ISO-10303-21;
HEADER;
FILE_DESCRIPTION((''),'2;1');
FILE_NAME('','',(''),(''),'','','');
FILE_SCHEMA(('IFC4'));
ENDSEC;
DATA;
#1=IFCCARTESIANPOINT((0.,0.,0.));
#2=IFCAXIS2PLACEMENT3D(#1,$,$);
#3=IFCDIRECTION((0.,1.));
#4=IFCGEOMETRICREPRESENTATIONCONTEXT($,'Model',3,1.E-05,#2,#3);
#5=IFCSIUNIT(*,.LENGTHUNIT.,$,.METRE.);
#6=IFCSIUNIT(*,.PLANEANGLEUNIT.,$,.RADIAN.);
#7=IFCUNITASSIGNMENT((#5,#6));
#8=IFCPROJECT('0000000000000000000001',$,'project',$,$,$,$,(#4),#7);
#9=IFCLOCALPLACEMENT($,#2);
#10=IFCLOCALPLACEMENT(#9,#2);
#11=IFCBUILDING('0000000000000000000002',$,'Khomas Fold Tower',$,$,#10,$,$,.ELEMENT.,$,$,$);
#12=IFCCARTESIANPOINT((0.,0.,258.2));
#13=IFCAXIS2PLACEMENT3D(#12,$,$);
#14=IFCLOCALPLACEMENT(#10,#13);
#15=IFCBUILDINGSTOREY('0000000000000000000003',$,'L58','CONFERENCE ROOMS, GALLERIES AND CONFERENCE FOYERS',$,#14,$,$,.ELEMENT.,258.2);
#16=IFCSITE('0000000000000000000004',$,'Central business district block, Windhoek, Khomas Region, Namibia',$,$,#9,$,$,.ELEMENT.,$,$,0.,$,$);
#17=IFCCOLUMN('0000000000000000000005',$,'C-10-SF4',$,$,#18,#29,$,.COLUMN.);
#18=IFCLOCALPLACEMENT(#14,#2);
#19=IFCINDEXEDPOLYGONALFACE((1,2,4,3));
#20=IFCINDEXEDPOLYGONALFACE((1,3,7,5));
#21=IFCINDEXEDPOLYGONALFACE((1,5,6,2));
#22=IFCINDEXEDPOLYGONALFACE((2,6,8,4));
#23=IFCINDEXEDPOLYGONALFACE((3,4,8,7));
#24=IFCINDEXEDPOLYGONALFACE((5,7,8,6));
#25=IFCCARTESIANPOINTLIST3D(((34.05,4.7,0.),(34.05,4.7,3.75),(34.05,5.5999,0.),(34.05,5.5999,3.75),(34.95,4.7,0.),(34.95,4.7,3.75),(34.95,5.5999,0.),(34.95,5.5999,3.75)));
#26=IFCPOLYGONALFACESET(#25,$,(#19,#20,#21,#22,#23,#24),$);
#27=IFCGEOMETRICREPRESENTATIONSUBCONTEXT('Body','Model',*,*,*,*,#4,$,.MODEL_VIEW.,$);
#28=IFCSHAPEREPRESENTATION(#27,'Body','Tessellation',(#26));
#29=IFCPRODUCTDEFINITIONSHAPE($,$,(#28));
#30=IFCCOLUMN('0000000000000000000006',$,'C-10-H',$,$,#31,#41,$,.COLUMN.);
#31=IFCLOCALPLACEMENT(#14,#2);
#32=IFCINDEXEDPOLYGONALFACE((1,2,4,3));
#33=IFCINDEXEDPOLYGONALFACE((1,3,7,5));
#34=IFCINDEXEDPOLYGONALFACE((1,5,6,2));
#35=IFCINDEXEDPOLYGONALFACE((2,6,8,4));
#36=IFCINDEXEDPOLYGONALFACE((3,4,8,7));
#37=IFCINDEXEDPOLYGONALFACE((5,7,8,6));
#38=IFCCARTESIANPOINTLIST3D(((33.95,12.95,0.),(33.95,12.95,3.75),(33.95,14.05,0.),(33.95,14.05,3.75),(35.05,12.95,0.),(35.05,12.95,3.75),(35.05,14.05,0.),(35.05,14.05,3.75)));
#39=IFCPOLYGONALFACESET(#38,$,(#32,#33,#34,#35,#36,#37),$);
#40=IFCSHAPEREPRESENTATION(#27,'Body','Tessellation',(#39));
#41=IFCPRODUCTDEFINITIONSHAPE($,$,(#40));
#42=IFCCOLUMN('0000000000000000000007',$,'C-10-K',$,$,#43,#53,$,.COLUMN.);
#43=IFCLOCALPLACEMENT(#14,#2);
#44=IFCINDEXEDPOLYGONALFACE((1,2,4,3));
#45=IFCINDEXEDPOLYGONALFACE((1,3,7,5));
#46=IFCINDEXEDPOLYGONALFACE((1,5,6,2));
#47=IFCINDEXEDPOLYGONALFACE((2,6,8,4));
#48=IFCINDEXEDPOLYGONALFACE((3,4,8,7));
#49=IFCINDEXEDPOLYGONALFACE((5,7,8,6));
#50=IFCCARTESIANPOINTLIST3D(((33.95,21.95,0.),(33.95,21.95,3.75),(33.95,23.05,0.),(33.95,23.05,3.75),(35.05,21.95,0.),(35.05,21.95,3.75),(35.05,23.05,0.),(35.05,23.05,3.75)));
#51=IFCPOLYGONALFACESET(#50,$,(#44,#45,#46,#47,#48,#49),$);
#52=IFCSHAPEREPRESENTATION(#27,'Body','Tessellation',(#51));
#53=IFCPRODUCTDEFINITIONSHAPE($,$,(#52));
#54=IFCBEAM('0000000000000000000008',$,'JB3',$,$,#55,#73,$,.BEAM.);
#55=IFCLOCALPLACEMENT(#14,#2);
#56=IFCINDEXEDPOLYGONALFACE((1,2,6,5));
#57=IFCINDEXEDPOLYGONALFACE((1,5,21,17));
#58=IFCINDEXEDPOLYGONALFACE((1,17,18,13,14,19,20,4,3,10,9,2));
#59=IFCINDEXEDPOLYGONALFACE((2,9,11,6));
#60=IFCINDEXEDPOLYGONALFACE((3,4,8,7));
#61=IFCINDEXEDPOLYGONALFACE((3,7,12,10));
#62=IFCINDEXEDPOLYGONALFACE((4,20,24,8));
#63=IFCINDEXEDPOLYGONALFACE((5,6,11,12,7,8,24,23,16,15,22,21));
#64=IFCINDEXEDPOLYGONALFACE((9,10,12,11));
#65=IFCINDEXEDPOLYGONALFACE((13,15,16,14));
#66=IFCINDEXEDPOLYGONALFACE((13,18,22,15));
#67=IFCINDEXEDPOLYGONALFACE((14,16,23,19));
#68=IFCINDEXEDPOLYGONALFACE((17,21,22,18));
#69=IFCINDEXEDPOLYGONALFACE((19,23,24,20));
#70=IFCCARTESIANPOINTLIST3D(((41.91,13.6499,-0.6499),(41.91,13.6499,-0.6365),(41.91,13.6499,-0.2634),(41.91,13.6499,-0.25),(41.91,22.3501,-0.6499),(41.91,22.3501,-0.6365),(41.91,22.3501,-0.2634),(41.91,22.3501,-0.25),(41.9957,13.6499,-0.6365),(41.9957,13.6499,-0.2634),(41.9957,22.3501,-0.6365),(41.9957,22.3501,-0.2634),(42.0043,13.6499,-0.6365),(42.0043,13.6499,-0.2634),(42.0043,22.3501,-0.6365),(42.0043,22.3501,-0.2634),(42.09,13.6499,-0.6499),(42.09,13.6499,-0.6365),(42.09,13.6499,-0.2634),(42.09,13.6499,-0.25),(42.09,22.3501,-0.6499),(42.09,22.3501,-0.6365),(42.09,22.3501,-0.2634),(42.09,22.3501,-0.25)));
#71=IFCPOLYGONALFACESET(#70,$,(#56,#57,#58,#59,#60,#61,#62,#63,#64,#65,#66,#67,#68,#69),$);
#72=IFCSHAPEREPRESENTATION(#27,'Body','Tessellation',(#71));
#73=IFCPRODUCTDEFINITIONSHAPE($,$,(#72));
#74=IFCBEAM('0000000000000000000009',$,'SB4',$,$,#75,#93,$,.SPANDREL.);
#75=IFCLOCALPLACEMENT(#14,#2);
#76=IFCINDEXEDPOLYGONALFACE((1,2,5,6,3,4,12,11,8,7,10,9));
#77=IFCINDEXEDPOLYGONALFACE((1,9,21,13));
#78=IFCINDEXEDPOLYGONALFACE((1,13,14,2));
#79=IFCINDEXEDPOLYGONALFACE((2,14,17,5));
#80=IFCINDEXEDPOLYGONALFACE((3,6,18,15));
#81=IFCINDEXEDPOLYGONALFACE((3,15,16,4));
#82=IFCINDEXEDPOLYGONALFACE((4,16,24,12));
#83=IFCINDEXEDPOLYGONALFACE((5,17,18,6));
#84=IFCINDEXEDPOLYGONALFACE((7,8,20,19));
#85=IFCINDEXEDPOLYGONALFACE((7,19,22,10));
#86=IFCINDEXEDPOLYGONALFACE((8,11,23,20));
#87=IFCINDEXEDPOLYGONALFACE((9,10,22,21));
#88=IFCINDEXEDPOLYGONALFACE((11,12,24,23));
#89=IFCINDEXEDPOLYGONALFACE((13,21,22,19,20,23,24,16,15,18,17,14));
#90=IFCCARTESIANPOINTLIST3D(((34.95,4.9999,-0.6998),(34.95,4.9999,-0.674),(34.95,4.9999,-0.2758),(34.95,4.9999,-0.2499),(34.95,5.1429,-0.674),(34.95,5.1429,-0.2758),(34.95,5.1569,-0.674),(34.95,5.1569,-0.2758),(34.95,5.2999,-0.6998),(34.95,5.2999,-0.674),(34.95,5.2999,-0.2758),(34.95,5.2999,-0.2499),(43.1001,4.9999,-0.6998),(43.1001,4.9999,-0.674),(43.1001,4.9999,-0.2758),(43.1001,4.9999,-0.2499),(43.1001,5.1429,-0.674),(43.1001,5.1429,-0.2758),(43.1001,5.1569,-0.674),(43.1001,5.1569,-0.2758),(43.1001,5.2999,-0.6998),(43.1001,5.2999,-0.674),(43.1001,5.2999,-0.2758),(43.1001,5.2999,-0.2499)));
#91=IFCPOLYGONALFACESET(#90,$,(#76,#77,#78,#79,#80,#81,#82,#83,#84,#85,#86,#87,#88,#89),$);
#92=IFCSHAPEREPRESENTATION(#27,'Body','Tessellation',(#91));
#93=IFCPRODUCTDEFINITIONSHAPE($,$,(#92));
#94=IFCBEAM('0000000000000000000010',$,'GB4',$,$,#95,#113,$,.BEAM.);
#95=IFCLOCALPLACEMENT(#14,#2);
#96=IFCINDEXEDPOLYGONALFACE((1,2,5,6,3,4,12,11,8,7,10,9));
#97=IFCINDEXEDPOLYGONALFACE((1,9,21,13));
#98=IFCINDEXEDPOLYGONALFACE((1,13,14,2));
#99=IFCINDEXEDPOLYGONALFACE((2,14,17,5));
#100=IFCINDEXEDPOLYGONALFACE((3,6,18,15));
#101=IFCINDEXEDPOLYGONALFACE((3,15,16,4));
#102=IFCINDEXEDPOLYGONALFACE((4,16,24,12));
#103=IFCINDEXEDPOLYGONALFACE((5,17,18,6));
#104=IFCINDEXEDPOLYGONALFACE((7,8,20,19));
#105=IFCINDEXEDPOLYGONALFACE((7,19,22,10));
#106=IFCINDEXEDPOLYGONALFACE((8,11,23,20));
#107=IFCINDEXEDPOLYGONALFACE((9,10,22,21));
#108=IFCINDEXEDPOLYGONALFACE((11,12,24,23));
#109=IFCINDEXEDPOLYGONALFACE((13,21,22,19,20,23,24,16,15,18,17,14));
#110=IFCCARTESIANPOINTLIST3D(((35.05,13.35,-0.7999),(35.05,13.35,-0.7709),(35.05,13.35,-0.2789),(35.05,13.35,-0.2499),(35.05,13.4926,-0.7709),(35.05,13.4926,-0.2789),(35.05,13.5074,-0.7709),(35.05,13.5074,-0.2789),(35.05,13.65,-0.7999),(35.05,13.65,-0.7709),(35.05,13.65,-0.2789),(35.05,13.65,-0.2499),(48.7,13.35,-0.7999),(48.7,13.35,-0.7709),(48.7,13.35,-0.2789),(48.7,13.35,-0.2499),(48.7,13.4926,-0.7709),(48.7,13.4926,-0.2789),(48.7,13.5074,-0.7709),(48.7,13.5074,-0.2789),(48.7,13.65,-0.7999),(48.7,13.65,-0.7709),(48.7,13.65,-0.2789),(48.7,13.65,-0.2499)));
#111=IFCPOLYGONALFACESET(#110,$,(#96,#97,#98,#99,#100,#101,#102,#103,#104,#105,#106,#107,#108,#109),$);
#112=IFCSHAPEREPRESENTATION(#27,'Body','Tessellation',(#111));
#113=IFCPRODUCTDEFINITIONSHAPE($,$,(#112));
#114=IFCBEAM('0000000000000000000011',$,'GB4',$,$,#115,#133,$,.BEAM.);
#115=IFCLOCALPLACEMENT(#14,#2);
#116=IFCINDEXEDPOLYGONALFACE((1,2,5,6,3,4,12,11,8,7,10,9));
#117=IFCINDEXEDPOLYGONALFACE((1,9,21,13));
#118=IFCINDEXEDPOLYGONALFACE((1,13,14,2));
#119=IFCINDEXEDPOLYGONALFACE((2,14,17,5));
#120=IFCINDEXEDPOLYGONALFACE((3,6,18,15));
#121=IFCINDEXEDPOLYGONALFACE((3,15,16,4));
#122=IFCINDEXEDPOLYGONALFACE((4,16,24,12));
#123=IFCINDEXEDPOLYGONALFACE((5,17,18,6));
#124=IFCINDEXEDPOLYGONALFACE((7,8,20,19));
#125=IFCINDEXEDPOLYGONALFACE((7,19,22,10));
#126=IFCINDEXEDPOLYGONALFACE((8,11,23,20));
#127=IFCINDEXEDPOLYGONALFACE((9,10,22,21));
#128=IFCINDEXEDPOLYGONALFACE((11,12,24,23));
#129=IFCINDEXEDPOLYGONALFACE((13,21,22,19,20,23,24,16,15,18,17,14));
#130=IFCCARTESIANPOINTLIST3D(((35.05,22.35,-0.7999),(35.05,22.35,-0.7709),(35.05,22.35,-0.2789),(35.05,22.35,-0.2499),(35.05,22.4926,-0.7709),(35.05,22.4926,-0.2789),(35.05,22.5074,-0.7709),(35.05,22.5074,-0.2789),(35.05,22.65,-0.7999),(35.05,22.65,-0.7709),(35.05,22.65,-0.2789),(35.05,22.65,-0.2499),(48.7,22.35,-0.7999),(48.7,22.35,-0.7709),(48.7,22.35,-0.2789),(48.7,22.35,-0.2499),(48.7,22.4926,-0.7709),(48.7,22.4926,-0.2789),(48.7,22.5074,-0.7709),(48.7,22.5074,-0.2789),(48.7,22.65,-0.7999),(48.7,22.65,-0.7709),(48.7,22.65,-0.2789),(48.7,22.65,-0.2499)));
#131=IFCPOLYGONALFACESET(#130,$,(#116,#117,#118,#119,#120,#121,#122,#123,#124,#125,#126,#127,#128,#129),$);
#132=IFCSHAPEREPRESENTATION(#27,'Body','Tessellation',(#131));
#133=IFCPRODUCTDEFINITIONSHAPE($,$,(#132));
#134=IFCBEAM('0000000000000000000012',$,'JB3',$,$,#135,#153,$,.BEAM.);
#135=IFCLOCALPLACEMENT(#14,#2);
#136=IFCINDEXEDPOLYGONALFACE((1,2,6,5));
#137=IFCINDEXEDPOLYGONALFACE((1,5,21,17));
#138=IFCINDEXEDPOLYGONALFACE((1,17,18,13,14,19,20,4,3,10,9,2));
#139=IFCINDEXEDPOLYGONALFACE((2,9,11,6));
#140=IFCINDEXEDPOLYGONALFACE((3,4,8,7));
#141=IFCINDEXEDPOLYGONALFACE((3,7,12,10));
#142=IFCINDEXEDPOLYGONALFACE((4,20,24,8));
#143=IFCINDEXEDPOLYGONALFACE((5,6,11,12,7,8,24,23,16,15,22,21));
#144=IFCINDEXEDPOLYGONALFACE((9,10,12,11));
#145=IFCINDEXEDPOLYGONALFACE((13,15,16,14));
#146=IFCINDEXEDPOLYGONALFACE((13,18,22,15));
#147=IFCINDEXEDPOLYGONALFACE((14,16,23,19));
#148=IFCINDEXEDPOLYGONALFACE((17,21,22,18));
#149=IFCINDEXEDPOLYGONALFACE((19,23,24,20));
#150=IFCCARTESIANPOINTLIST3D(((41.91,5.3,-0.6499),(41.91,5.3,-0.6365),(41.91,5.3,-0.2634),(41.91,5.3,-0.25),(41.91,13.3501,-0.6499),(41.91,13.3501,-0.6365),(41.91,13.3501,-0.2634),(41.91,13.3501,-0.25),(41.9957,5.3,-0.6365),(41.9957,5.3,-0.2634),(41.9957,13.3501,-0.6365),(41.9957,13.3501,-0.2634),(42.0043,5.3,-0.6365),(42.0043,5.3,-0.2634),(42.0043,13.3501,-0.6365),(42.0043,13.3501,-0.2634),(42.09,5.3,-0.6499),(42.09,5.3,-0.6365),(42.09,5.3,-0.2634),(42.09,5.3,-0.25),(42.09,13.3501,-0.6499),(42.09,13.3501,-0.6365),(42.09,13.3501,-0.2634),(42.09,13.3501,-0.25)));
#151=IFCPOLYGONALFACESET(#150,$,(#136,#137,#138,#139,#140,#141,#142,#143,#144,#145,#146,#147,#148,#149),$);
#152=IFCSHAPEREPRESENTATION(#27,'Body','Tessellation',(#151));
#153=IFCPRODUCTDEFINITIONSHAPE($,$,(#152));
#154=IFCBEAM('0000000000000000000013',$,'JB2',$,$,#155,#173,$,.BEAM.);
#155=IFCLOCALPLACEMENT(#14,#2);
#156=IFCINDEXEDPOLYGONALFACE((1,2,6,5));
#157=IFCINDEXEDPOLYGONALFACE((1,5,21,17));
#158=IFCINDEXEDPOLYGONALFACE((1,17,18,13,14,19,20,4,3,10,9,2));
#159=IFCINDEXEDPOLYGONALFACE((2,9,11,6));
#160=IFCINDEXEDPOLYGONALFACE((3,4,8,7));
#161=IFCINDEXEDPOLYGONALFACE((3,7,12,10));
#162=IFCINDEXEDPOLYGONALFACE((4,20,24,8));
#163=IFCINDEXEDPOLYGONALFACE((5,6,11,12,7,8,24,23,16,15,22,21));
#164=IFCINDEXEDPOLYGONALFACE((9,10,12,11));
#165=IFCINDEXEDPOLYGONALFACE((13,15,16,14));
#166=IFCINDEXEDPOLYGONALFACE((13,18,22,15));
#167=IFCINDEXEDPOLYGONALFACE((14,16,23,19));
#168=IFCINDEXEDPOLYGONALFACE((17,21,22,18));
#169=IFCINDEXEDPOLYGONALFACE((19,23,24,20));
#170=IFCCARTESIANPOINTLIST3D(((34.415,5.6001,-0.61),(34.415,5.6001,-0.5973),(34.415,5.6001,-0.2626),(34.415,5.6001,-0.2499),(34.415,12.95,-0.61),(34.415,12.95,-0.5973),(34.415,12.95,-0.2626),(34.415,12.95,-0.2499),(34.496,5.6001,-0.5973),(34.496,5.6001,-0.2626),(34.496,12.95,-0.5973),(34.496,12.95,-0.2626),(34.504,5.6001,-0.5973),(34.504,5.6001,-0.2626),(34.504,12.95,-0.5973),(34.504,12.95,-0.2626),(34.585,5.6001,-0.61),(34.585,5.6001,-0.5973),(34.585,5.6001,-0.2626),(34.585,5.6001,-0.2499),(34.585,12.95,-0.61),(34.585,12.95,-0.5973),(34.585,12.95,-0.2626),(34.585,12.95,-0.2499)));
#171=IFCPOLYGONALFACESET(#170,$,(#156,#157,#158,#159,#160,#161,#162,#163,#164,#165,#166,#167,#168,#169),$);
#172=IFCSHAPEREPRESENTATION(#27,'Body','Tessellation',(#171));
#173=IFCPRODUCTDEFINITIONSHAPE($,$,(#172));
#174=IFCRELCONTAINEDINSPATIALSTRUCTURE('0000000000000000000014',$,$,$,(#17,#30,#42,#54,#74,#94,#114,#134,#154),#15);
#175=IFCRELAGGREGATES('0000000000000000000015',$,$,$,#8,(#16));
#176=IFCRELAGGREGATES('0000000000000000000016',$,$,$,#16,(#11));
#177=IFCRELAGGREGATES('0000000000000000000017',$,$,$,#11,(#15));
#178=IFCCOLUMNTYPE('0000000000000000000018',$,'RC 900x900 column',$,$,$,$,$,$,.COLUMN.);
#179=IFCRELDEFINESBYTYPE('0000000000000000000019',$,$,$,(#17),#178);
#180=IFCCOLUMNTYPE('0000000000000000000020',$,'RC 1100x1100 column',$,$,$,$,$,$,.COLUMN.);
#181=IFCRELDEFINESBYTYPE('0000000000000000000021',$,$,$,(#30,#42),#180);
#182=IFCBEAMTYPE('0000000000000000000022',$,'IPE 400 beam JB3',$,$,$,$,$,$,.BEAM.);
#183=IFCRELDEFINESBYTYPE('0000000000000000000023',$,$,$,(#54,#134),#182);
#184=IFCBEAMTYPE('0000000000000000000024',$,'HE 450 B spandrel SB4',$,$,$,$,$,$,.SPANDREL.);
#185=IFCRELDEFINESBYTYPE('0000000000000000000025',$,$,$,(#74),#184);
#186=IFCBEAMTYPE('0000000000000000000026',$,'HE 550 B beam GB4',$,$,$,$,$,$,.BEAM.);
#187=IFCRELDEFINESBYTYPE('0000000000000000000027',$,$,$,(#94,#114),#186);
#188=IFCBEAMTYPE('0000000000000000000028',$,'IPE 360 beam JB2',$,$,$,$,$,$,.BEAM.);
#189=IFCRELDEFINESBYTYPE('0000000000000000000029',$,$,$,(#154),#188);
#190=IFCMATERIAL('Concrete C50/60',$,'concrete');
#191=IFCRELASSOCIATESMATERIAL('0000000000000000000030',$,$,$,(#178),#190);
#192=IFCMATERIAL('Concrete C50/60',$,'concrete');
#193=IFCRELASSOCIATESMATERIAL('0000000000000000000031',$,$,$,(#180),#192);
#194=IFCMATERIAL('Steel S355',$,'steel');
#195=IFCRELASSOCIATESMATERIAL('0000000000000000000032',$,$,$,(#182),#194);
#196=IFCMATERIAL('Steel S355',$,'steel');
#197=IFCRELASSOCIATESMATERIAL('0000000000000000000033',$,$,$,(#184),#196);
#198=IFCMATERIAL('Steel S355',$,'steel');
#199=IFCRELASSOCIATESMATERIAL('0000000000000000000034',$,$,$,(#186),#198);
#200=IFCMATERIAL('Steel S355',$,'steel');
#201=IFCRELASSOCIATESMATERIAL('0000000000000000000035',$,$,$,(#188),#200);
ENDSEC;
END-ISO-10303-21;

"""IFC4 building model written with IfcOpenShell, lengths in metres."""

from ifc_helpers import new_model, si_unit, direction, frame, origin, origin_2d, place, context, subcontext, project, spatial, rectangle, i_section, extrude, source, transform, mapped, material, material_profile, profile_set, type_object, element, save


model = new_model("IFC4")

# Units and contexts
model_context = context("Model", 3, precision=1e-05, world=origin(), true_north=direction((0.0, 1.0)))
body_context = subcontext(model_context, "Body", "Model", "MODEL_VIEW")
ifc_project = project(units=[si_unit("LENGTHUNIT", "METRE"), si_unit("PLANEANGLEUNIT", "RADIAN")], contexts=[model_context])

# Site, building, storey
site_placement = place(None, origin())
site = spatial("IfcSite", under=ifc_project, at=site_placement, Name="Central business district block, Windhoek, Khomas Region, Namibia", CompositionType="ELEMENT", RefElevation=0.0)
building_placement = place(site_placement, origin())
building = spatial("IfcBuilding", under=site, at=building_placement, Name="Khomas Fold Tower", CompositionType="ELEMENT")
storey_placement = place(building_placement, frame((0.0, 0.0, 258.2)))
storey = spatial("IfcBuildingStorey", under=building, at=storey_placement, Name="L58", Description="CONFERENCE ROOMS, GALLERIES AND CONFERENCE FOYERS", CompositionType="ELEMENT", Elevation=258.2)

# Columns
ifc_material_1 = material(Name="Concrete C50/60", Category="concrete")
ifc_material_profile_1 = material_profile(ifc_material_1, rectangle(XDim=0.8999, YDim=0.8999, at=origin_2d()), Name="RC 900x900")
ifc_profile_set_1 = profile_set([ifc_material_profile_1], Name="Concrete C50/60")
column_type_1 = type_object("IfcColumnType", Name="RC 900x900 column", PredefinedType="COLUMN", material=ifc_profile_set_1)
shared_shape_1 = source(origin(), body_context, "Body", "SweptSolid", [
    extrude(rectangle(XDim=0.8999, YDim=0.8999, at=origin_2d()), origin(), (0.0, 0.0, 1.0), 3.75),
])
column_placement = place(storey_placement, frame((34.5, 5.1499, 0.0), z_axis=(0.0, 0.0, 1.0), x_axis=(1.0, 0.0, 0.0)))
element("IfcColumn", 1, at=column_placement, inside=storey, type_object=column_type_1, Name="C-10-SF4", PredefinedType="COLUMN", context=body_context, shape_type="MappedRepresentation", body=[
    mapped(shared_shape_1, transform((0.0, 0.0, 0.0))),
])
ifc_material_2 = material(Name="Concrete C50/60", Category="concrete")
ifc_material_profile_2 = material_profile(ifc_material_2, rectangle(XDim=1.1001, YDim=1.1001, at=origin_2d()), Name="RC 1100x1100")
ifc_profile_set_2 = profile_set([ifc_material_profile_2], Name="Concrete C50/60")
column_type_2 = type_object("IfcColumnType", Name="RC 1100x1100 column", PredefinedType="COLUMN", material=ifc_profile_set_2)
shared_shape_2 = source(origin(), body_context, "Body", "SweptSolid", [
    extrude(rectangle(XDim=1.1001, YDim=1.1001, at=origin_2d()), origin(), (0.0, 0.0, 1.0), 3.75),
])
for number, where, z_axis, x_axis, name in (
    (2, (34.5, 13.5, 0.0), (0.0, 0.0, 1.0), (1.0, 0.0, 0.0), "C-10-H"),
    (3, (34.5, 22.5, 0.0), (0.0, 0.0, 1.0), (1.0, 0.0, 0.0), "C-10-K"),
):
    element("IfcColumn", number, at=place(storey_placement, frame(where, z_axis=z_axis, x_axis=x_axis)), inside=storey, type_object=column_type_2, Name=name, PredefinedType="COLUMN", context=body_context, shape_type="MappedRepresentation", body=[
        mapped(shared_shape_2, transform((0.0, 0.0, 0.0))),
    ])

# Beams
ifc_material_3 = material(Name="Steel S355", Category="steel")
ifc_material_profile_3 = material_profile(ifc_material_3, i_section(OverallWidth=0.1799, OverallDepth=0.3999, WebThickness=0.0085, FlangeThickness=0.0134, at=origin_2d()), Name="IPE 400")
ifc_profile_set_3 = profile_set([ifc_material_profile_3], Name="Steel S355")
beam_type_1 = type_object("IfcBeamType", Name="IPE 400 beam JB3", PredefinedType="BEAM", material=ifc_profile_set_3)
shared_shape_3 = source(origin(), body_context, "Body", "SweptSolid", [
    extrude(i_section(OverallWidth=0.1799, OverallDepth=0.3999, WebThickness=0.0085, FlangeThickness=0.0134, at=origin_2d()), origin(), (0.0, 0.0, 1.0), 8.7002),
])
beam_1_placement = place(storey_placement, frame((42.0, 13.6499, -0.45), z_axis=(0.0, 1.0, 0.0), x_axis=(-1.0, 0.0, 0.0)))
element("IfcBeam", 4, at=beam_1_placement, inside=storey, type_object=beam_type_1, Name="JB3", PredefinedType="BEAM", context=body_context, shape_type="MappedRepresentation", body=[
    mapped(shared_shape_3, transform((0.0, 0.0, 0.0))),
])
ifc_material_4 = material(Name="Steel S355", Category="steel")
ifc_material_profile_4 = material_profile(ifc_material_4, i_section(OverallWidth=0.3, OverallDepth=0.45, WebThickness=0.0139, FlangeThickness=0.0259, at=origin_2d()), Name="HE 450 B")
ifc_profile_set_4 = profile_set([ifc_material_profile_4], Name="Steel S355")
beam_type_2 = type_object("IfcBeamType", Name="HE 450 B spandrel SB4", PredefinedType="SPANDREL", material=ifc_profile_set_4)
shared_shape_4 = source(origin(), body_context, "Body", "SweptSolid", [
    extrude(i_section(OverallWidth=0.3, OverallDepth=0.45, WebThickness=0.0139, FlangeThickness=0.0259, at=origin_2d()), origin(), (0.0, 0.0, 1.0), 8.1501),
])
beam_2_placement = place(storey_placement, frame((34.95, 5.1499, -0.4749), z_axis=(1.0, 0.0, 0.0), x_axis=(0.0, 1.0, 0.0)))
element("IfcBeam", 5, at=beam_2_placement, inside=storey, type_object=beam_type_2, Name="SB4", PredefinedType="SPANDREL", context=body_context, shape_type="MappedRepresentation", body=[
    mapped(shared_shape_4, transform((0.0, 0.0, 0.0))),
])
ifc_material_5 = material(Name="Steel S355", Category="steel")
ifc_material_profile_5 = material_profile(ifc_material_5, i_section(OverallWidth=0.3, OverallDepth=0.55, WebThickness=0.0149, FlangeThickness=0.0291, at=origin_2d()), Name="HE 550 B")
ifc_profile_set_5 = profile_set([ifc_material_profile_5], Name="Steel S355")
beam_type_3 = type_object("IfcBeamType", Name="HE 550 B beam GB4", PredefinedType="BEAM", material=ifc_profile_set_5)
shared_shape_5 = source(origin(), body_context, "Body", "SweptSolid", [
    extrude(i_section(OverallWidth=0.3, OverallDepth=0.55, WebThickness=0.0149, FlangeThickness=0.0291, at=origin_2d()), origin(), (0.0, 0.0, 1.0), 13.6499),
])
for number, where, z_axis, x_axis, name in (
    (6, (35.05, 13.5, -0.5249), (1.0, 0.0, 0.0), (0.0, 1.0, 0.0), "GB4"),
    (7, (35.05, 22.5, -0.5249), (1.0, 0.0, 0.0), (0.0, 1.0, 0.0), "GB4"),
):
    element("IfcBeam", number, at=place(storey_placement, frame(where, z_axis=z_axis, x_axis=x_axis)), inside=storey, type_object=beam_type_3, Name=name, PredefinedType="BEAM", context=body_context, shape_type="MappedRepresentation", body=[
        mapped(shared_shape_5, transform((0.0, 0.0, 0.0))),
    ])
shared_shape_6 = source(origin(), body_context, "Body", "SweptSolid", [
    extrude(i_section(OverallWidth=0.1799, OverallDepth=0.3999, WebThickness=0.0085, FlangeThickness=0.0134, at=origin_2d()), origin(), (0.0, 0.0, 1.0), 8.05),
])
beam_3_placement = place(storey_placement, frame((42.0, 5.3, -0.45), z_axis=(0.0, 1.0, 0.0), x_axis=(-1.0, 0.0, 0.0)))
element("IfcBeam", 8, at=beam_3_placement, inside=storey, type_object=beam_type_1, Name="JB3", PredefinedType="BEAM", context=body_context, shape_type="MappedRepresentation", body=[
    mapped(shared_shape_6, transform((0.0, 0.0, 0.0))),
])
ifc_material_6 = material(Name="Steel S355", Category="steel")
ifc_material_profile_6 = material_profile(ifc_material_6, i_section(OverallWidth=0.1699, OverallDepth=0.3601, WebThickness=0.0081, FlangeThickness=0.0127, at=origin_2d()), Name="IPE 360")
ifc_profile_set_6 = profile_set([ifc_material_profile_6], Name="Steel S355")
beam_type_4 = type_object("IfcBeamType", Name="IPE 360 beam JB2", PredefinedType="BEAM", material=ifc_profile_set_6)
shared_shape_7 = source(origin(), body_context, "Body", "SweptSolid", [
    extrude(i_section(OverallWidth=0.1699, OverallDepth=0.3601, WebThickness=0.0081, FlangeThickness=0.0127, at=origin_2d()), origin(), (0.0, 0.0, 1.0), 7.3499),
])
beam_4_placement = place(storey_placement, frame((34.5, 5.6001, -0.4299), z_axis=(0.0, 1.0, 0.0), x_axis=(-1.0, 0.0, 0.0)))
element("IfcBeam", 9, at=beam_4_placement, inside=storey, type_object=beam_type_4, Name="JB2", PredefinedType="BEAM", context=body_context, shape_type="MappedRepresentation", body=[
    mapped(shared_shape_7, transform((0.0, 0.0, 0.0))),
])

save(model, "model.ifc")
